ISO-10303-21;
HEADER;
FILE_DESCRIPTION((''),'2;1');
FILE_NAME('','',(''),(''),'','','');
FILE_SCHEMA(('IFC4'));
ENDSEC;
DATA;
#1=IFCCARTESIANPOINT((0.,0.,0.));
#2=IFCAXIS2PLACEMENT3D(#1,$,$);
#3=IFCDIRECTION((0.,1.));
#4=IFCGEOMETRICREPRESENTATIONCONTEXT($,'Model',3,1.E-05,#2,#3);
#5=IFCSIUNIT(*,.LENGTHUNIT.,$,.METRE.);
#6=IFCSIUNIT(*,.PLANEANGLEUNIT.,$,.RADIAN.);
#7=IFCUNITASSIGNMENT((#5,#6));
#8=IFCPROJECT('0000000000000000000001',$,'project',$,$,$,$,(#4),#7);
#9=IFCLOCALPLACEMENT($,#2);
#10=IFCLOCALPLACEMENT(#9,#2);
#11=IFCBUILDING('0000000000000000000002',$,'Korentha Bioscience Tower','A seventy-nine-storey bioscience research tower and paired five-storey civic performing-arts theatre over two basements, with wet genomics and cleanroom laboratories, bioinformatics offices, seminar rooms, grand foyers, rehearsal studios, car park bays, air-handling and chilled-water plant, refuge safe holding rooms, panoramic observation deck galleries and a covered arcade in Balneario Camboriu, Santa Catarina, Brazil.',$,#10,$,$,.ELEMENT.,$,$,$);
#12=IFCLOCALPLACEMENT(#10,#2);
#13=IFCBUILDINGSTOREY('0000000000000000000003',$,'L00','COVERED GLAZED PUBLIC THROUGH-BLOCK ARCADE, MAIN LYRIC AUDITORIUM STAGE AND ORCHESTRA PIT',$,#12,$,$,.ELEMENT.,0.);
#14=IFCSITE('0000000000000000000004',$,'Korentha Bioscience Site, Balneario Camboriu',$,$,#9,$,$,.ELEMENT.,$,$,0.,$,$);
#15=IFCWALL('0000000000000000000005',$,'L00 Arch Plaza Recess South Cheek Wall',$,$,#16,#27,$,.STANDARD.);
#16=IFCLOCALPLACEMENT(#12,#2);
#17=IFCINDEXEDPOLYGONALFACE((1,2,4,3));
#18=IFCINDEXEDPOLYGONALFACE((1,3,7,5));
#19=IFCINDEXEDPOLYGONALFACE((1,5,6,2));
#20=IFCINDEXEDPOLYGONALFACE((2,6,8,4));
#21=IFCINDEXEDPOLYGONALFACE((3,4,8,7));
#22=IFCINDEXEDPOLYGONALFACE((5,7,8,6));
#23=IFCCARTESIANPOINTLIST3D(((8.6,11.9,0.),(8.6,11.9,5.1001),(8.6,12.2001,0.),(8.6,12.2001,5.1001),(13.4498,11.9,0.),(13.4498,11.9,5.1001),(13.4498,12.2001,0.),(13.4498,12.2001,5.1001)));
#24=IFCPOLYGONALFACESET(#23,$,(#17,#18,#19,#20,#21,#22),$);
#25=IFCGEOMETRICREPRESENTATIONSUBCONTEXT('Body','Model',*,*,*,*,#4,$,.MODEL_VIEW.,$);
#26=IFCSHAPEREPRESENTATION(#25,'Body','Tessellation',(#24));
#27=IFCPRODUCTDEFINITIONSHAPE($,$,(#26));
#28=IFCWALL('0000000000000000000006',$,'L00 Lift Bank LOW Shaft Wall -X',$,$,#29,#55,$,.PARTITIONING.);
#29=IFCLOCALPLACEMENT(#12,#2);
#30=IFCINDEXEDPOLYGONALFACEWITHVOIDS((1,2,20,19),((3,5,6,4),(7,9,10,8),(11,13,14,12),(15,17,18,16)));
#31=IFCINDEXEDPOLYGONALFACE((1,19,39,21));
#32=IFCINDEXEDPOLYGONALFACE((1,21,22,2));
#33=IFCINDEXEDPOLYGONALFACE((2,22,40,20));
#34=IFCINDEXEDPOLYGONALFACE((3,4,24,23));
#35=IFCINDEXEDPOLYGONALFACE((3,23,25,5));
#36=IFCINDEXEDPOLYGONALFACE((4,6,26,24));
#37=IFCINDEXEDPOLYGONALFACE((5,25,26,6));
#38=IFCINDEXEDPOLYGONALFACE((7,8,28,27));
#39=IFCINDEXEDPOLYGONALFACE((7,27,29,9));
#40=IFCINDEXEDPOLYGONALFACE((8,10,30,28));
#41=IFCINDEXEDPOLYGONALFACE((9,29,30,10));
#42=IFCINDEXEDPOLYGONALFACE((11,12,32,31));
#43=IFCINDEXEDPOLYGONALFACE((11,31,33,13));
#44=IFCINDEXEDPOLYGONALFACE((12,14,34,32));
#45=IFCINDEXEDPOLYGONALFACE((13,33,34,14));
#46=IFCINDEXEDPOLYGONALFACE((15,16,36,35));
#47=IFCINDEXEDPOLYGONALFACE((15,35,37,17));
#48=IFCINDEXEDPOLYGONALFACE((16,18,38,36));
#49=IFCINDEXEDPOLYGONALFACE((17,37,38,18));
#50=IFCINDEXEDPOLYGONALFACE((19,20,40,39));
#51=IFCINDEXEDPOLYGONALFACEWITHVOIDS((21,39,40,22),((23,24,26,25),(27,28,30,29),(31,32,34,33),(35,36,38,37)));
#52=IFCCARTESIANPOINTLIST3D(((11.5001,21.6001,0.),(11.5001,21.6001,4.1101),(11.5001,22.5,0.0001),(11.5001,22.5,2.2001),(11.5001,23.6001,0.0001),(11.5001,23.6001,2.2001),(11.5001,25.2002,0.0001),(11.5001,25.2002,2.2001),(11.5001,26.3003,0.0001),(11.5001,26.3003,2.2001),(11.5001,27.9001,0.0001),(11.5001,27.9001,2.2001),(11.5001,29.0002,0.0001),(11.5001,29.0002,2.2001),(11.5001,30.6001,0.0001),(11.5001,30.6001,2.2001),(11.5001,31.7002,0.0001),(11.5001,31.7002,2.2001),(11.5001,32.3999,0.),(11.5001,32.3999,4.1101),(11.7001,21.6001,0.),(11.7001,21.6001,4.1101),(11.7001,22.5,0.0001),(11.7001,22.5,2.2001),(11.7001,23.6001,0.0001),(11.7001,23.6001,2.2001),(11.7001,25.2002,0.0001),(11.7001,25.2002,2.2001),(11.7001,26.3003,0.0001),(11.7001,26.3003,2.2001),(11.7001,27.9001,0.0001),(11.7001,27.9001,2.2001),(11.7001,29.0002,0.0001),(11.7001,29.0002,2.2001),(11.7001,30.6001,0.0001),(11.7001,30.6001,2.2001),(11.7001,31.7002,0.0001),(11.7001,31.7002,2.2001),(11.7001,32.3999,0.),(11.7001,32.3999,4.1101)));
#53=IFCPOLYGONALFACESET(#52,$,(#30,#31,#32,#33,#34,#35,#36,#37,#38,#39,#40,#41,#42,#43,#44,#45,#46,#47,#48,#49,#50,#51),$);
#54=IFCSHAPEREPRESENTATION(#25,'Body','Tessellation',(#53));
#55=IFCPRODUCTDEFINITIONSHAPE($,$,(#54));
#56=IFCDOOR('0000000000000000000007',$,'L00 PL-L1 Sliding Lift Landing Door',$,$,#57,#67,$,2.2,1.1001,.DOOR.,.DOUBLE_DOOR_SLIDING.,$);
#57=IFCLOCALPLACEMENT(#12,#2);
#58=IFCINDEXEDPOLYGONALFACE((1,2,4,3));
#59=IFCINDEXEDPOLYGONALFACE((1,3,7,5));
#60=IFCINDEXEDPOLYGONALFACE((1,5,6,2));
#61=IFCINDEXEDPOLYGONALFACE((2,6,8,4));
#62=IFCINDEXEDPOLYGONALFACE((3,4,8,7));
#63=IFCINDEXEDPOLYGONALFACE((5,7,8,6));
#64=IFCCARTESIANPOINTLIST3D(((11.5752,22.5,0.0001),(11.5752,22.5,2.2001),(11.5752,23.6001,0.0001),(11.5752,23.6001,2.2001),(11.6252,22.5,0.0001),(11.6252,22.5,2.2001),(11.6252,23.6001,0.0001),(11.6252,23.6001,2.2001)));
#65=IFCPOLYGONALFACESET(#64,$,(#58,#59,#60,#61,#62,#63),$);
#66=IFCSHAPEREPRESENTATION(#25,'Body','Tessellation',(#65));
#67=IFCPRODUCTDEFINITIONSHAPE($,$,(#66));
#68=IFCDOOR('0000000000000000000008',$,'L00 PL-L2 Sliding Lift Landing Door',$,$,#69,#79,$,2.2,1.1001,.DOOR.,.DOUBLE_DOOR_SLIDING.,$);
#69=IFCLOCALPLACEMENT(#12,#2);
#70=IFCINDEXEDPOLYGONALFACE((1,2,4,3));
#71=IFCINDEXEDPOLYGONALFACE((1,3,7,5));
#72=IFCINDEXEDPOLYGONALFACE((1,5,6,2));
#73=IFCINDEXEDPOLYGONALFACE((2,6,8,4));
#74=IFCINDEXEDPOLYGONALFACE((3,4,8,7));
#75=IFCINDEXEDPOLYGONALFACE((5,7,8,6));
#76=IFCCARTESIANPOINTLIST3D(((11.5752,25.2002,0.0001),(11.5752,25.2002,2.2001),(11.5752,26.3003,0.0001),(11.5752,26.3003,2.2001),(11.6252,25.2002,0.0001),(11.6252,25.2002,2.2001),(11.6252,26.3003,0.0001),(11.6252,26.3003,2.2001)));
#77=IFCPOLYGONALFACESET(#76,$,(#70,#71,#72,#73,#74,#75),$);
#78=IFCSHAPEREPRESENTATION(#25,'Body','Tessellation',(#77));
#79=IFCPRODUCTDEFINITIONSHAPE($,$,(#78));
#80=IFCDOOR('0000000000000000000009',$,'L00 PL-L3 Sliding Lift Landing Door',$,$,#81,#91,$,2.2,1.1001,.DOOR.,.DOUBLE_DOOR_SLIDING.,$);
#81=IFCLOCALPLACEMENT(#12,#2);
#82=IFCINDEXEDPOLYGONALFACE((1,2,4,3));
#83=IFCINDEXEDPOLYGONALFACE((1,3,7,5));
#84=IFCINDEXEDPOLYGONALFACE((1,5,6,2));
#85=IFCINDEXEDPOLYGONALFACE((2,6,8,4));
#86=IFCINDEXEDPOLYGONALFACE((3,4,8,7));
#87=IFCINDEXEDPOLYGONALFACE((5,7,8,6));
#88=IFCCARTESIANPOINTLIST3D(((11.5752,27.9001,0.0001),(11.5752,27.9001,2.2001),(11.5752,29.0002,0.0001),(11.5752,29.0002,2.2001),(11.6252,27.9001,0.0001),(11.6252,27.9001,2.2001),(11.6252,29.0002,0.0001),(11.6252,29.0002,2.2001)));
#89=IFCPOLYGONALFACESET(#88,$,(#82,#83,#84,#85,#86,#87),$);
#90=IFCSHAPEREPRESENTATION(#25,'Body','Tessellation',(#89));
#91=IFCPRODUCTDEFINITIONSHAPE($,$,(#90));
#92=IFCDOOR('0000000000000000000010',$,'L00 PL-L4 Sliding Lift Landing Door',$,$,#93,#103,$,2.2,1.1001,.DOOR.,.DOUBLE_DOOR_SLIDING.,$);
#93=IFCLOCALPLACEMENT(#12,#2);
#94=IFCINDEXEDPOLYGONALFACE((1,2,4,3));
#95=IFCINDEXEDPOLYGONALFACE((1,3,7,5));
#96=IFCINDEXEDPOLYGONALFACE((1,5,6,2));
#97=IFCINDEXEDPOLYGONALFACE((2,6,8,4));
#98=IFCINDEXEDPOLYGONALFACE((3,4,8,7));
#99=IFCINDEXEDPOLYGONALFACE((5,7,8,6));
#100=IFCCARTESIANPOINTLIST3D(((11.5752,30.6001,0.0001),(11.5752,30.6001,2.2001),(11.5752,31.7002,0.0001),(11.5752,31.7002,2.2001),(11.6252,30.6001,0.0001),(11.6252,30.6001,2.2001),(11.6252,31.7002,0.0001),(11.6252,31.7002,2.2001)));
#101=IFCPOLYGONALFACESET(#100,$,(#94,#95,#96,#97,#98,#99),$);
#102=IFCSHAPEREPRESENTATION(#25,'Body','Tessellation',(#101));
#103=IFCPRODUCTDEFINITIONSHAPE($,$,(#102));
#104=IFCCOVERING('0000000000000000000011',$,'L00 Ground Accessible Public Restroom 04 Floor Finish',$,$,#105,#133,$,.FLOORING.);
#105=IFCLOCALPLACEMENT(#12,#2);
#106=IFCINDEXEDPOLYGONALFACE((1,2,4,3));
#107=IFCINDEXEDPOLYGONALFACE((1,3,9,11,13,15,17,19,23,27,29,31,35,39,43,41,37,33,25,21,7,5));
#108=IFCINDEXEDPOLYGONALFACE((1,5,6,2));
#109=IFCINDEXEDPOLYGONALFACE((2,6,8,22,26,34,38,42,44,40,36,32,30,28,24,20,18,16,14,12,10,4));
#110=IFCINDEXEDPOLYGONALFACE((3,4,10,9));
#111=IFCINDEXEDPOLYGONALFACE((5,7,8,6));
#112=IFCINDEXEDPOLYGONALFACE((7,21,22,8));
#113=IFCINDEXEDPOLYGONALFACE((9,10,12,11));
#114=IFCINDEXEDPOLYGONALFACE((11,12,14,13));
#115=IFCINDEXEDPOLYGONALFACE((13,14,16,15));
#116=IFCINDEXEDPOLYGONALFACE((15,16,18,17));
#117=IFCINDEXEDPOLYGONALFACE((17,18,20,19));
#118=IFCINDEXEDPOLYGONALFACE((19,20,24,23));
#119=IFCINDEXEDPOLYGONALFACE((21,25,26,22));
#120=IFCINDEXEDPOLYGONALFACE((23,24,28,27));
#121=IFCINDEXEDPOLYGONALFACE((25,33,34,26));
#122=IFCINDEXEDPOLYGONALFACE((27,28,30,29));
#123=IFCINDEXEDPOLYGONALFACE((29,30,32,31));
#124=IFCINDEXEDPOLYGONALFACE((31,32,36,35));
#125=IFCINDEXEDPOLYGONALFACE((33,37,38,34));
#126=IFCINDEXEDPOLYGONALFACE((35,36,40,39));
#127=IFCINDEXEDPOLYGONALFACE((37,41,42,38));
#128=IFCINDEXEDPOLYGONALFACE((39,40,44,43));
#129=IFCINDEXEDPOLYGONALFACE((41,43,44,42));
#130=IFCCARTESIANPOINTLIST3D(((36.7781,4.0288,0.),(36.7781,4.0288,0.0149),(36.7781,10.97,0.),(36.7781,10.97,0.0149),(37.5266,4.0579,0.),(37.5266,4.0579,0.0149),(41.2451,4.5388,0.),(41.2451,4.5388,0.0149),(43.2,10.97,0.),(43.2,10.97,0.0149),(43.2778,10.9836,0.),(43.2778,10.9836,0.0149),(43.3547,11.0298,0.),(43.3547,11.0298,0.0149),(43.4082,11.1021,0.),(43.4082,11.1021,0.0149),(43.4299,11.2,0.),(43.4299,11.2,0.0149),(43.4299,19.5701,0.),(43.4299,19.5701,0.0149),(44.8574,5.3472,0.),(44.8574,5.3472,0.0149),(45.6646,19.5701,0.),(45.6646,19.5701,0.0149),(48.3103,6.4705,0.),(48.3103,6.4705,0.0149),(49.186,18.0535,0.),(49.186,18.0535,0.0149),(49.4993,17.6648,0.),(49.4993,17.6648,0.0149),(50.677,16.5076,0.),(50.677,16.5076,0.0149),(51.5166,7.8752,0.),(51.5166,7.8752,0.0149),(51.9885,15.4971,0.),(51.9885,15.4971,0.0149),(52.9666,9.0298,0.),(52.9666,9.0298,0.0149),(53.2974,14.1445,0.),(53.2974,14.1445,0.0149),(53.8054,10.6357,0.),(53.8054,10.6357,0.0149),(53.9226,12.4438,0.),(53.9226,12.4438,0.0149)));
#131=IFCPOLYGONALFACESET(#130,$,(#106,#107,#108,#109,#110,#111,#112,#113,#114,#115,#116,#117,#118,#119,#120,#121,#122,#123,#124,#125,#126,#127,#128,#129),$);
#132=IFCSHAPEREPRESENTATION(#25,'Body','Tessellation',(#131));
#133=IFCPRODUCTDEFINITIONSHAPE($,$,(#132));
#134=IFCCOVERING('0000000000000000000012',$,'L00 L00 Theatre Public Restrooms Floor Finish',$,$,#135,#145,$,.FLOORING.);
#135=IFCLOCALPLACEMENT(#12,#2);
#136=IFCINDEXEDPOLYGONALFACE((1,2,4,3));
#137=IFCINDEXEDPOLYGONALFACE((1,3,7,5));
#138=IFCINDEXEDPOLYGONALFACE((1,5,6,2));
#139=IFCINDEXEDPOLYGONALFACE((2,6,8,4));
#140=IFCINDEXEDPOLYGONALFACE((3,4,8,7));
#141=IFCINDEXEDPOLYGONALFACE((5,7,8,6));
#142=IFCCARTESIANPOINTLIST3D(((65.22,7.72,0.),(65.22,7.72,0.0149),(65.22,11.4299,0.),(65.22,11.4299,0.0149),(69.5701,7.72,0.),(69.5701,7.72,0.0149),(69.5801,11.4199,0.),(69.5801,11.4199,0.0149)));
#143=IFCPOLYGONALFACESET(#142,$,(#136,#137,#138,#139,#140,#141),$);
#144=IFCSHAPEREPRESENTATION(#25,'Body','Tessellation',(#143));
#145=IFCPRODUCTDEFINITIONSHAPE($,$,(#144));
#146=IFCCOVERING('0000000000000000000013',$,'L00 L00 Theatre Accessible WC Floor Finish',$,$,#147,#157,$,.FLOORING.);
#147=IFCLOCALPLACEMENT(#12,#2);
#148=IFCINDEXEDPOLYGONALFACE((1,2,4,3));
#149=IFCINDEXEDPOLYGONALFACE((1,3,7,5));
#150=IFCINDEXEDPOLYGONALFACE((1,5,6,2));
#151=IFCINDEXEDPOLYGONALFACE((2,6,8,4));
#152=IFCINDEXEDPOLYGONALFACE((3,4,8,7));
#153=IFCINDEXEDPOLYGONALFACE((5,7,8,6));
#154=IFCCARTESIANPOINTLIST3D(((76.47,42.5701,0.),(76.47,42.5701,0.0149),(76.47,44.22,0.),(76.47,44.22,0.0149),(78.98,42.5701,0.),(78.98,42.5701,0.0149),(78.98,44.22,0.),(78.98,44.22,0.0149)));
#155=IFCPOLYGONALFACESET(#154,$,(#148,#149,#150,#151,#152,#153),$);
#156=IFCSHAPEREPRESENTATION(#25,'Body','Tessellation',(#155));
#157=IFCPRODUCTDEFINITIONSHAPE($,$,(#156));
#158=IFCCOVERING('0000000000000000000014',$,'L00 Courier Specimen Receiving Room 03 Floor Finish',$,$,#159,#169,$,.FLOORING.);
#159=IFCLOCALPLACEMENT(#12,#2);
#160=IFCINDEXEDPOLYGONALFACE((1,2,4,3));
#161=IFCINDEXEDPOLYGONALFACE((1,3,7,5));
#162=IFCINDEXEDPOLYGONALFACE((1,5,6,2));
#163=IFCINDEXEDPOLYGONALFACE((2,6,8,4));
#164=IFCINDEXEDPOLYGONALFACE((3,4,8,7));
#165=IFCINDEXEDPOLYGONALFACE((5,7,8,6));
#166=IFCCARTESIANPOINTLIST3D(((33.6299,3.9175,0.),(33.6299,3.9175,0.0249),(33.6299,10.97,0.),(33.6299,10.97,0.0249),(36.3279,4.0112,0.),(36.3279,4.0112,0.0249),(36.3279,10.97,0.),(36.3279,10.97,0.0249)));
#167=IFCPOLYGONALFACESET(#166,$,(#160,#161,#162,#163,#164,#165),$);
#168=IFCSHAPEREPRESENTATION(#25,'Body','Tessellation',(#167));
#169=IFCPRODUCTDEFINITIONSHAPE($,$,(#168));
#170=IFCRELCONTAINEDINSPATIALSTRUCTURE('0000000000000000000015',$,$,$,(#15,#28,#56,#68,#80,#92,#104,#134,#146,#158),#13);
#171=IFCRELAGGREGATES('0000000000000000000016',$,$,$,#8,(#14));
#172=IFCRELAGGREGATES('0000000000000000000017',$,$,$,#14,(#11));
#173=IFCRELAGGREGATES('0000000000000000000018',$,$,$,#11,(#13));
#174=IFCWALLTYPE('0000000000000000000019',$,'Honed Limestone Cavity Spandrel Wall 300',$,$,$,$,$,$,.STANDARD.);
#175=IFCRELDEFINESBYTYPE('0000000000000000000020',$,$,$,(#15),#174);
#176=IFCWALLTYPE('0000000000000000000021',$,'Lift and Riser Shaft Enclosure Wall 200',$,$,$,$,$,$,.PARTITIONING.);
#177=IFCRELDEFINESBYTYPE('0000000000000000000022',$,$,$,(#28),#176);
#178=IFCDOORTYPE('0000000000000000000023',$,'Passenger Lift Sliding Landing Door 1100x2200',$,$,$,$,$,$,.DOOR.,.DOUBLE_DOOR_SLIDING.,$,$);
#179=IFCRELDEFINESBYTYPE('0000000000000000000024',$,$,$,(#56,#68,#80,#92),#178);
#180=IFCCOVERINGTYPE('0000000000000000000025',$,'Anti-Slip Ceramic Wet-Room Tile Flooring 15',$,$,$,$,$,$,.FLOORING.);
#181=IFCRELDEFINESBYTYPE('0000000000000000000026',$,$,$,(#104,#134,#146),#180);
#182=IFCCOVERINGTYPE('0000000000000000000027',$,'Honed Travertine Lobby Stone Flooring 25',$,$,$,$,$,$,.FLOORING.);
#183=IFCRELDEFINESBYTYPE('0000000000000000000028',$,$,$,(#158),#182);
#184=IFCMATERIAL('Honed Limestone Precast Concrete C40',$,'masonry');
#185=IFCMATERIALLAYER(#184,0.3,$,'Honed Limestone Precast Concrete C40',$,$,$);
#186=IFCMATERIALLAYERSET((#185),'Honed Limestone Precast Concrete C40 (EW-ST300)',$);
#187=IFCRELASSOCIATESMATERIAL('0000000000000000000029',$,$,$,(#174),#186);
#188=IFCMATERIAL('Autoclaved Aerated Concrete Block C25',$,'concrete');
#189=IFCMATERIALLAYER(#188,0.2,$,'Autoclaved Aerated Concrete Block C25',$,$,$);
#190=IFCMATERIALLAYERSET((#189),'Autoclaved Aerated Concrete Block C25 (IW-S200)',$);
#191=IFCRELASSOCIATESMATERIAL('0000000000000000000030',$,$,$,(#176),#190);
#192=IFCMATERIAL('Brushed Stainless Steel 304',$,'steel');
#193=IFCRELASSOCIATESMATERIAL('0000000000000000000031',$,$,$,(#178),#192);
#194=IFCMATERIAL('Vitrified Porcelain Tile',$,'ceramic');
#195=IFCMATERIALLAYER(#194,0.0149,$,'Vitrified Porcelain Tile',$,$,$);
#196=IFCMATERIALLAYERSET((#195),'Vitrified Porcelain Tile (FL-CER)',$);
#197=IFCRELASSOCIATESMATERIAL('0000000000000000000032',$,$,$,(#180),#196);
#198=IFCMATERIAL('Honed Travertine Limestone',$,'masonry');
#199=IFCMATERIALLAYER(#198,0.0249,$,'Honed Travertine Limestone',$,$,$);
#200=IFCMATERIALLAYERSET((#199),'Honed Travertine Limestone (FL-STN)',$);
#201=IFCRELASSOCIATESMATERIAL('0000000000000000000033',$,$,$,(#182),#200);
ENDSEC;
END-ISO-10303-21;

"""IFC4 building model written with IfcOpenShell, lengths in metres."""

from ifc_helpers import new_model, si_unit, direction, frame, frame_2d, origin, place, context, subcontext, project, spatial, polyline, rectangle, outline, extrude, material, layer, layer_set, type_object, element, fill, save


model = new_model("IFC4")

# Units and contexts
model_context = context("Model", 3, precision=1e-05, world=origin(), true_north=direction((0.0, 1.0)))
body_context = subcontext(model_context, "Body", "Model", "MODEL_VIEW")
ifc_project = project(units=[si_unit("LENGTHUNIT", "METRE"), si_unit("PLANEANGLEUNIT", "RADIAN")], contexts=[model_context])

# Site, building, storey
site_placement = place(None, origin())
site = spatial("IfcSite", under=ifc_project, at=site_placement, Name="Korentha Bioscience Site, Balneario Camboriu", CompositionType="ELEMENT", RefElevation=0.0)
building_placement = place(site_placement, origin())
building = spatial("IfcBuilding", under=site, at=building_placement, Name="Korentha Bioscience Tower", Description="A seventy-nine-storey bioscience research tower and paired five-storey civic performing-arts theatre over two basements, with wet genomics and cleanroom laboratories, bioinformatics offices, seminar rooms, grand foyers, rehearsal studios, car park bays, air-handling and chilled-water plant, refuge safe holding rooms, panoramic observation deck galleries and a covered arcade in Balneario Camboriu, Santa Catarina, Brazil.", CompositionType="ELEMENT")
storey_placement = place(building_placement, origin())
storey = spatial("IfcBuildingStorey", under=building, at=storey_placement, Name="L00", Description="COVERED GLAZED PUBLIC THROUGH-BLOCK ARCADE, MAIN LYRIC AUDITORIUM STAGE AND ORCHESTRA PIT", CompositionType="ELEMENT", Elevation=0.0)

# Shared definitions
ifc_material_1 = material(Name="Honed Limestone Precast Concrete C40", Category="masonry")
ifc_layer_1 = layer(ifc_material_1, 0.3, Name="Honed Limestone Precast Concrete C40")
ifc_layer_set_1 = layer_set([ifc_layer_1], Name="Honed Limestone Precast Concrete C40 (EW-ST300)")
wall_type_1 = type_object("IfcWallType", Name="Honed Limestone Cavity Spandrel Wall 300", PredefinedType="STANDARD", material=ifc_layer_set_1)

# Wall
wall_1_placement = place(storey_placement, frame((8.6001, 12.05, 0.0), z_axis=(0.0, 0.0, 1.0), x_axis=(1.0, 0.0, 0.0)))
element("IfcWall", 1, at=wall_1_placement, inside=storey, type_object=wall_type_1, Name="L00 Arch Plaza Recess South Cheek Wall", PredefinedType="STANDARD", context=body_context, shape_type="SweptSolid", body=[
    extrude(rectangle(XDim=4.8499, YDim=0.3, at=frame_2d((2.4248, 0.0))), origin(), (0.0, 0.0, 1.0), 5.1001),
])

# Wall, openings, doors
ifc_material_2 = material(Name="Autoclaved Aerated Concrete Block C25", Category="concrete")
ifc_layer_2 = layer(ifc_material_2, 0.2, Name="Autoclaved Aerated Concrete Block C25")
ifc_layer_set_2 = layer_set([ifc_layer_2], Name="Autoclaved Aerated Concrete Block C25 (IW-S200)")
wall_type_2 = type_object("IfcWallType", Name="Lift and Riser Shaft Enclosure Wall 200", PredefinedType="PARTITIONING", material=ifc_layer_set_2)
wall_2_placement = place(storey_placement, frame((11.6001, 21.6001, 0.0), z_axis=(0.0, 0.0, 1.0), x_axis=(0.0, 1.0, 0.0)))
wall_2 = element("IfcWall", 2, at=wall_2_placement, inside=storey, type_object=wall_type_2, Name="L00 Lift Bank LOW Shaft Wall -X", PredefinedType="PARTITIONING", context=body_context, shape_type="SweptSolid", body=[
    extrude(rectangle(XDim=10.7998, YDim=0.2, at=frame_2d((5.3999, 0.0))), origin(), (0.0, 0.0, 1.0), 4.1101),
])
opening_1_placement = place(wall_2_placement, frame((0.8999, 0.0, 0.0)))
opening_1 = element("IfcOpeningElement", 3, at=opening_1_placement, cuts=wall_2, PredefinedType="OPENING", context=body_context, shape_type="SweptSolid", body=[
    extrude(rectangle(XDim=1.1001, YDim=2.2, at=frame_2d((0.55, 1.1001))), frame((0.0, 0.1147, 0.0), z_axis=(0.0, -1.0, 0.0), x_axis=(1.0, 0.0, 0.0)), (0.0, 0.0, 1.0), 0.2297),
])
opening_2_placement = place(wall_2_placement, frame((3.6001, 0.0, 0.0)))
opening_2 = element("IfcOpeningElement", 4, at=opening_2_placement, cuts=wall_2, PredefinedType="OPENING", context=body_context, shape_type="SweptSolid", body=[
    extrude(rectangle(XDim=1.1001, YDim=2.2, at=frame_2d((0.55, 1.1001))), frame((0.0, 0.1147, 0.0), z_axis=(0.0, -1.0, 0.0), x_axis=(1.0, 0.0, 0.0)), (0.0, 0.0, 1.0), 0.2297),
])
opening_3_placement = place(wall_2_placement, frame((6.3, 0.0, 0.0)))
opening_3 = element("IfcOpeningElement", 5, at=opening_3_placement, cuts=wall_2, PredefinedType="OPENING", context=body_context, shape_type="SweptSolid", body=[
    extrude(rectangle(XDim=1.1001, YDim=2.2, at=frame_2d((0.55, 1.1001))), frame((0.0, 0.1147, 0.0), z_axis=(0.0, -1.0, 0.0), x_axis=(1.0, 0.0, 0.0)), (0.0, 0.0, 1.0), 0.2297),
])
opening_4_placement = place(wall_2_placement, frame((9.0, 0.0, 0.0)))
opening_4 = element("IfcOpeningElement", 6, at=opening_4_placement, cuts=wall_2, PredefinedType="OPENING", context=body_context, shape_type="SweptSolid", body=[
    extrude(rectangle(XDim=1.1001, YDim=2.2, at=frame_2d((0.55, 1.1001))), frame((0.0, 0.1147, 0.0), z_axis=(0.0, -1.0, 0.0), x_axis=(1.0, 0.0, 0.0)), (0.0, 0.0, 1.0), 0.2297),
])
ifc_material_3 = material(Name="Brushed Stainless Steel 304", Category="steel")
door_type_1 = type_object("IfcDoorType", Name="Passenger Lift Sliding Landing Door 1100x2200", OperationType="DOUBLE_DOOR_SLIDING", PredefinedType="DOOR", material=ifc_material_3)
door_1_placement = place(opening_1_placement, origin())
door_1 = element("IfcDoor", 7, at=door_1_placement, inside=storey, type_object=door_type_1, Name="L00 PL-L1 Sliding Lift Landing Door", OperationType="DOUBLE_DOOR_SLIDING", OverallHeight=2.2, OverallWidth=1.1001, PredefinedType="DOOR", context=body_context, shape_type="SweptSolid", body=[
    extrude(rectangle(XDim=1.1001, YDim=2.2, at=frame_2d((0.55, 1.1001))), frame((0.0, 0.0249, 0.0), z_axis=(0.0, -1.0, 0.0), x_axis=(1.0, 0.0, 0.0)), (0.0, 0.0, 1.0), 0.05),
])
fill(opening_1, door_1)
door_2_placement = place(opening_2_placement, origin())
door_2 = element("IfcDoor", 8, at=door_2_placement, inside=storey, type_object=door_type_1, Name="L00 PL-L2 Sliding Lift Landing Door", OperationType="DOUBLE_DOOR_SLIDING", OverallHeight=2.2, OverallWidth=1.1001, PredefinedType="DOOR", context=body_context, shape_type="SweptSolid", body=[
    extrude(rectangle(XDim=1.1001, YDim=2.2, at=frame_2d((0.55, 1.1001))), frame((0.0, 0.0249, 0.0), z_axis=(0.0, -1.0, 0.0), x_axis=(1.0, 0.0, 0.0)), (0.0, 0.0, 1.0), 0.05),
])
fill(opening_2, door_2)
door_3_placement = place(opening_3_placement, origin())
door_3 = element("IfcDoor", 9, at=door_3_placement, inside=storey, type_object=door_type_1, Name="L00 PL-L3 Sliding Lift Landing Door", OperationType="DOUBLE_DOOR_SLIDING", OverallHeight=2.2, OverallWidth=1.1001, PredefinedType="DOOR", context=body_context, shape_type="SweptSolid", body=[
    extrude(rectangle(XDim=1.1001, YDim=2.2, at=frame_2d((0.55, 1.1001))), frame((0.0, 0.0249, 0.0), z_axis=(0.0, -1.0, 0.0), x_axis=(1.0, 0.0, 0.0)), (0.0, 0.0, 1.0), 0.05),
])
fill(opening_3, door_3)
door_4_placement = place(opening_4_placement, origin())
door_4 = element("IfcDoor", 10, at=door_4_placement, inside=storey, type_object=door_type_1, Name="L00 PL-L4 Sliding Lift Landing Door", OperationType="DOUBLE_DOOR_SLIDING", OverallHeight=2.2, OverallWidth=1.1001, PredefinedType="DOOR", context=body_context, shape_type="SweptSolid", body=[
    extrude(rectangle(XDim=1.1001, YDim=2.2, at=frame_2d((0.55, 1.1001))), frame((0.0, 0.0249, 0.0), z_axis=(0.0, -1.0, 0.0), x_axis=(1.0, 0.0, 0.0)), (0.0, 0.0, 1.0), 0.05),
])
fill(opening_4, door_4)

# Coverings
ifc_material_4 = material(Name="Vitrified Porcelain Tile", Category="ceramic")
ifc_layer_3 = layer(ifc_material_4, 0.0149, Name="Vitrified Porcelain Tile")
ifc_layer_set_3 = layer_set([ifc_layer_3], Name="Vitrified Porcelain Tile (FL-CER)")
covering_type_1 = type_object("IfcCoveringType", Name="Anti-Slip Ceramic Wet-Room Tile Flooring 15", PredefinedType="FLOORING", material=ifc_layer_set_3)
covering_1_placement = place(storey_placement, origin())
element("IfcCovering", 11, at=covering_1_placement, inside=storey, type_object=covering_type_1, Name="L00 Ground Accessible Public Restroom 04 Floor Finish", PredefinedType="FLOORING", context=body_context, shape_type="SweptSolid", body=[
    extrude(outline(polyline([(44.8574, 5.3472), (41.2451, 4.5388), (37.5266, 4.0579), (36.7781, 4.0288), (36.7781, 10.97), (43.2, 10.97), (43.2778, 10.9836), (43.3547, 11.0298), (43.4082, 11.1021), (43.4299, 11.2), (43.4299, 19.5701), (45.6646, 19.5701), (49.186, 18.0535), (49.4993, 17.6648), (50.677, 16.5076), (51.9885, 15.4971), (53.2974, 14.1445), (53.9226, 12.4438), (53.8054, 10.6357), (52.9666, 9.0298), (51.5166, 7.8752), (48.3103, 6.4705), (44.8574, 5.3472)])), origin(), (0.0, 0.0, 1.0), 0.0149),
])
covering_2_placement = place(storey_placement, origin())
element("IfcCovering", 12, at=covering_2_placement, inside=storey, type_object=covering_type_1, Name="L00 L00 Theatre Public Restrooms Floor Finish", PredefinedType="FLOORING", context=body_context, shape_type="SweptSolid", body=[
    extrude(outline(polyline([(65.22, 11.4299), (69.5801, 11.4199), (69.5701, 7.72), (65.22, 7.72), (65.22, 11.4299)])), origin(), (0.0, 0.0, 1.0), 0.0149),
])
covering_3_placement = place(storey_placement, origin())
element("IfcCovering", 13, at=covering_3_placement, inside=storey, type_object=covering_type_1, Name="L00 L00 Theatre Accessible WC Floor Finish", PredefinedType="FLOORING", context=body_context, shape_type="SweptSolid", body=[
    extrude(outline(polyline([(76.47, 42.5701), (76.47, 44.22), (78.98, 44.22), (78.98, 42.5701), (76.47, 42.5701)])), origin(), (0.0, 0.0, 1.0), 0.0149),
])
ifc_material_5 = material(Name="Honed Travertine Limestone", Category="masonry")
ifc_layer_4 = layer(ifc_material_5, 0.0249, Name="Honed Travertine Limestone")
ifc_layer_set_4 = layer_set([ifc_layer_4], Name="Honed Travertine Limestone (FL-STN)")
covering_type_2 = type_object("IfcCoveringType", Name="Honed Travertine Lobby Stone Flooring 25", PredefinedType="FLOORING", material=ifc_layer_set_4)
covering_4_placement = place(storey_placement, origin())
element("IfcCovering", 14, at=covering_4_placement, inside=storey, type_object=covering_type_2, Name="L00 Courier Specimen Receiving Room 03 Floor Finish", PredefinedType="FLOORING", context=body_context, shape_type="SweptSolid", body=[
    extrude(outline(polyline([(36.3279, 10.97), (36.3279, 4.0112), (33.6299, 3.9175), (33.6299, 10.97), (36.3279, 10.97)])), origin(), (0.0, 0.0, 1.0), 0.0249),
])

save(model, "model.ifc")
